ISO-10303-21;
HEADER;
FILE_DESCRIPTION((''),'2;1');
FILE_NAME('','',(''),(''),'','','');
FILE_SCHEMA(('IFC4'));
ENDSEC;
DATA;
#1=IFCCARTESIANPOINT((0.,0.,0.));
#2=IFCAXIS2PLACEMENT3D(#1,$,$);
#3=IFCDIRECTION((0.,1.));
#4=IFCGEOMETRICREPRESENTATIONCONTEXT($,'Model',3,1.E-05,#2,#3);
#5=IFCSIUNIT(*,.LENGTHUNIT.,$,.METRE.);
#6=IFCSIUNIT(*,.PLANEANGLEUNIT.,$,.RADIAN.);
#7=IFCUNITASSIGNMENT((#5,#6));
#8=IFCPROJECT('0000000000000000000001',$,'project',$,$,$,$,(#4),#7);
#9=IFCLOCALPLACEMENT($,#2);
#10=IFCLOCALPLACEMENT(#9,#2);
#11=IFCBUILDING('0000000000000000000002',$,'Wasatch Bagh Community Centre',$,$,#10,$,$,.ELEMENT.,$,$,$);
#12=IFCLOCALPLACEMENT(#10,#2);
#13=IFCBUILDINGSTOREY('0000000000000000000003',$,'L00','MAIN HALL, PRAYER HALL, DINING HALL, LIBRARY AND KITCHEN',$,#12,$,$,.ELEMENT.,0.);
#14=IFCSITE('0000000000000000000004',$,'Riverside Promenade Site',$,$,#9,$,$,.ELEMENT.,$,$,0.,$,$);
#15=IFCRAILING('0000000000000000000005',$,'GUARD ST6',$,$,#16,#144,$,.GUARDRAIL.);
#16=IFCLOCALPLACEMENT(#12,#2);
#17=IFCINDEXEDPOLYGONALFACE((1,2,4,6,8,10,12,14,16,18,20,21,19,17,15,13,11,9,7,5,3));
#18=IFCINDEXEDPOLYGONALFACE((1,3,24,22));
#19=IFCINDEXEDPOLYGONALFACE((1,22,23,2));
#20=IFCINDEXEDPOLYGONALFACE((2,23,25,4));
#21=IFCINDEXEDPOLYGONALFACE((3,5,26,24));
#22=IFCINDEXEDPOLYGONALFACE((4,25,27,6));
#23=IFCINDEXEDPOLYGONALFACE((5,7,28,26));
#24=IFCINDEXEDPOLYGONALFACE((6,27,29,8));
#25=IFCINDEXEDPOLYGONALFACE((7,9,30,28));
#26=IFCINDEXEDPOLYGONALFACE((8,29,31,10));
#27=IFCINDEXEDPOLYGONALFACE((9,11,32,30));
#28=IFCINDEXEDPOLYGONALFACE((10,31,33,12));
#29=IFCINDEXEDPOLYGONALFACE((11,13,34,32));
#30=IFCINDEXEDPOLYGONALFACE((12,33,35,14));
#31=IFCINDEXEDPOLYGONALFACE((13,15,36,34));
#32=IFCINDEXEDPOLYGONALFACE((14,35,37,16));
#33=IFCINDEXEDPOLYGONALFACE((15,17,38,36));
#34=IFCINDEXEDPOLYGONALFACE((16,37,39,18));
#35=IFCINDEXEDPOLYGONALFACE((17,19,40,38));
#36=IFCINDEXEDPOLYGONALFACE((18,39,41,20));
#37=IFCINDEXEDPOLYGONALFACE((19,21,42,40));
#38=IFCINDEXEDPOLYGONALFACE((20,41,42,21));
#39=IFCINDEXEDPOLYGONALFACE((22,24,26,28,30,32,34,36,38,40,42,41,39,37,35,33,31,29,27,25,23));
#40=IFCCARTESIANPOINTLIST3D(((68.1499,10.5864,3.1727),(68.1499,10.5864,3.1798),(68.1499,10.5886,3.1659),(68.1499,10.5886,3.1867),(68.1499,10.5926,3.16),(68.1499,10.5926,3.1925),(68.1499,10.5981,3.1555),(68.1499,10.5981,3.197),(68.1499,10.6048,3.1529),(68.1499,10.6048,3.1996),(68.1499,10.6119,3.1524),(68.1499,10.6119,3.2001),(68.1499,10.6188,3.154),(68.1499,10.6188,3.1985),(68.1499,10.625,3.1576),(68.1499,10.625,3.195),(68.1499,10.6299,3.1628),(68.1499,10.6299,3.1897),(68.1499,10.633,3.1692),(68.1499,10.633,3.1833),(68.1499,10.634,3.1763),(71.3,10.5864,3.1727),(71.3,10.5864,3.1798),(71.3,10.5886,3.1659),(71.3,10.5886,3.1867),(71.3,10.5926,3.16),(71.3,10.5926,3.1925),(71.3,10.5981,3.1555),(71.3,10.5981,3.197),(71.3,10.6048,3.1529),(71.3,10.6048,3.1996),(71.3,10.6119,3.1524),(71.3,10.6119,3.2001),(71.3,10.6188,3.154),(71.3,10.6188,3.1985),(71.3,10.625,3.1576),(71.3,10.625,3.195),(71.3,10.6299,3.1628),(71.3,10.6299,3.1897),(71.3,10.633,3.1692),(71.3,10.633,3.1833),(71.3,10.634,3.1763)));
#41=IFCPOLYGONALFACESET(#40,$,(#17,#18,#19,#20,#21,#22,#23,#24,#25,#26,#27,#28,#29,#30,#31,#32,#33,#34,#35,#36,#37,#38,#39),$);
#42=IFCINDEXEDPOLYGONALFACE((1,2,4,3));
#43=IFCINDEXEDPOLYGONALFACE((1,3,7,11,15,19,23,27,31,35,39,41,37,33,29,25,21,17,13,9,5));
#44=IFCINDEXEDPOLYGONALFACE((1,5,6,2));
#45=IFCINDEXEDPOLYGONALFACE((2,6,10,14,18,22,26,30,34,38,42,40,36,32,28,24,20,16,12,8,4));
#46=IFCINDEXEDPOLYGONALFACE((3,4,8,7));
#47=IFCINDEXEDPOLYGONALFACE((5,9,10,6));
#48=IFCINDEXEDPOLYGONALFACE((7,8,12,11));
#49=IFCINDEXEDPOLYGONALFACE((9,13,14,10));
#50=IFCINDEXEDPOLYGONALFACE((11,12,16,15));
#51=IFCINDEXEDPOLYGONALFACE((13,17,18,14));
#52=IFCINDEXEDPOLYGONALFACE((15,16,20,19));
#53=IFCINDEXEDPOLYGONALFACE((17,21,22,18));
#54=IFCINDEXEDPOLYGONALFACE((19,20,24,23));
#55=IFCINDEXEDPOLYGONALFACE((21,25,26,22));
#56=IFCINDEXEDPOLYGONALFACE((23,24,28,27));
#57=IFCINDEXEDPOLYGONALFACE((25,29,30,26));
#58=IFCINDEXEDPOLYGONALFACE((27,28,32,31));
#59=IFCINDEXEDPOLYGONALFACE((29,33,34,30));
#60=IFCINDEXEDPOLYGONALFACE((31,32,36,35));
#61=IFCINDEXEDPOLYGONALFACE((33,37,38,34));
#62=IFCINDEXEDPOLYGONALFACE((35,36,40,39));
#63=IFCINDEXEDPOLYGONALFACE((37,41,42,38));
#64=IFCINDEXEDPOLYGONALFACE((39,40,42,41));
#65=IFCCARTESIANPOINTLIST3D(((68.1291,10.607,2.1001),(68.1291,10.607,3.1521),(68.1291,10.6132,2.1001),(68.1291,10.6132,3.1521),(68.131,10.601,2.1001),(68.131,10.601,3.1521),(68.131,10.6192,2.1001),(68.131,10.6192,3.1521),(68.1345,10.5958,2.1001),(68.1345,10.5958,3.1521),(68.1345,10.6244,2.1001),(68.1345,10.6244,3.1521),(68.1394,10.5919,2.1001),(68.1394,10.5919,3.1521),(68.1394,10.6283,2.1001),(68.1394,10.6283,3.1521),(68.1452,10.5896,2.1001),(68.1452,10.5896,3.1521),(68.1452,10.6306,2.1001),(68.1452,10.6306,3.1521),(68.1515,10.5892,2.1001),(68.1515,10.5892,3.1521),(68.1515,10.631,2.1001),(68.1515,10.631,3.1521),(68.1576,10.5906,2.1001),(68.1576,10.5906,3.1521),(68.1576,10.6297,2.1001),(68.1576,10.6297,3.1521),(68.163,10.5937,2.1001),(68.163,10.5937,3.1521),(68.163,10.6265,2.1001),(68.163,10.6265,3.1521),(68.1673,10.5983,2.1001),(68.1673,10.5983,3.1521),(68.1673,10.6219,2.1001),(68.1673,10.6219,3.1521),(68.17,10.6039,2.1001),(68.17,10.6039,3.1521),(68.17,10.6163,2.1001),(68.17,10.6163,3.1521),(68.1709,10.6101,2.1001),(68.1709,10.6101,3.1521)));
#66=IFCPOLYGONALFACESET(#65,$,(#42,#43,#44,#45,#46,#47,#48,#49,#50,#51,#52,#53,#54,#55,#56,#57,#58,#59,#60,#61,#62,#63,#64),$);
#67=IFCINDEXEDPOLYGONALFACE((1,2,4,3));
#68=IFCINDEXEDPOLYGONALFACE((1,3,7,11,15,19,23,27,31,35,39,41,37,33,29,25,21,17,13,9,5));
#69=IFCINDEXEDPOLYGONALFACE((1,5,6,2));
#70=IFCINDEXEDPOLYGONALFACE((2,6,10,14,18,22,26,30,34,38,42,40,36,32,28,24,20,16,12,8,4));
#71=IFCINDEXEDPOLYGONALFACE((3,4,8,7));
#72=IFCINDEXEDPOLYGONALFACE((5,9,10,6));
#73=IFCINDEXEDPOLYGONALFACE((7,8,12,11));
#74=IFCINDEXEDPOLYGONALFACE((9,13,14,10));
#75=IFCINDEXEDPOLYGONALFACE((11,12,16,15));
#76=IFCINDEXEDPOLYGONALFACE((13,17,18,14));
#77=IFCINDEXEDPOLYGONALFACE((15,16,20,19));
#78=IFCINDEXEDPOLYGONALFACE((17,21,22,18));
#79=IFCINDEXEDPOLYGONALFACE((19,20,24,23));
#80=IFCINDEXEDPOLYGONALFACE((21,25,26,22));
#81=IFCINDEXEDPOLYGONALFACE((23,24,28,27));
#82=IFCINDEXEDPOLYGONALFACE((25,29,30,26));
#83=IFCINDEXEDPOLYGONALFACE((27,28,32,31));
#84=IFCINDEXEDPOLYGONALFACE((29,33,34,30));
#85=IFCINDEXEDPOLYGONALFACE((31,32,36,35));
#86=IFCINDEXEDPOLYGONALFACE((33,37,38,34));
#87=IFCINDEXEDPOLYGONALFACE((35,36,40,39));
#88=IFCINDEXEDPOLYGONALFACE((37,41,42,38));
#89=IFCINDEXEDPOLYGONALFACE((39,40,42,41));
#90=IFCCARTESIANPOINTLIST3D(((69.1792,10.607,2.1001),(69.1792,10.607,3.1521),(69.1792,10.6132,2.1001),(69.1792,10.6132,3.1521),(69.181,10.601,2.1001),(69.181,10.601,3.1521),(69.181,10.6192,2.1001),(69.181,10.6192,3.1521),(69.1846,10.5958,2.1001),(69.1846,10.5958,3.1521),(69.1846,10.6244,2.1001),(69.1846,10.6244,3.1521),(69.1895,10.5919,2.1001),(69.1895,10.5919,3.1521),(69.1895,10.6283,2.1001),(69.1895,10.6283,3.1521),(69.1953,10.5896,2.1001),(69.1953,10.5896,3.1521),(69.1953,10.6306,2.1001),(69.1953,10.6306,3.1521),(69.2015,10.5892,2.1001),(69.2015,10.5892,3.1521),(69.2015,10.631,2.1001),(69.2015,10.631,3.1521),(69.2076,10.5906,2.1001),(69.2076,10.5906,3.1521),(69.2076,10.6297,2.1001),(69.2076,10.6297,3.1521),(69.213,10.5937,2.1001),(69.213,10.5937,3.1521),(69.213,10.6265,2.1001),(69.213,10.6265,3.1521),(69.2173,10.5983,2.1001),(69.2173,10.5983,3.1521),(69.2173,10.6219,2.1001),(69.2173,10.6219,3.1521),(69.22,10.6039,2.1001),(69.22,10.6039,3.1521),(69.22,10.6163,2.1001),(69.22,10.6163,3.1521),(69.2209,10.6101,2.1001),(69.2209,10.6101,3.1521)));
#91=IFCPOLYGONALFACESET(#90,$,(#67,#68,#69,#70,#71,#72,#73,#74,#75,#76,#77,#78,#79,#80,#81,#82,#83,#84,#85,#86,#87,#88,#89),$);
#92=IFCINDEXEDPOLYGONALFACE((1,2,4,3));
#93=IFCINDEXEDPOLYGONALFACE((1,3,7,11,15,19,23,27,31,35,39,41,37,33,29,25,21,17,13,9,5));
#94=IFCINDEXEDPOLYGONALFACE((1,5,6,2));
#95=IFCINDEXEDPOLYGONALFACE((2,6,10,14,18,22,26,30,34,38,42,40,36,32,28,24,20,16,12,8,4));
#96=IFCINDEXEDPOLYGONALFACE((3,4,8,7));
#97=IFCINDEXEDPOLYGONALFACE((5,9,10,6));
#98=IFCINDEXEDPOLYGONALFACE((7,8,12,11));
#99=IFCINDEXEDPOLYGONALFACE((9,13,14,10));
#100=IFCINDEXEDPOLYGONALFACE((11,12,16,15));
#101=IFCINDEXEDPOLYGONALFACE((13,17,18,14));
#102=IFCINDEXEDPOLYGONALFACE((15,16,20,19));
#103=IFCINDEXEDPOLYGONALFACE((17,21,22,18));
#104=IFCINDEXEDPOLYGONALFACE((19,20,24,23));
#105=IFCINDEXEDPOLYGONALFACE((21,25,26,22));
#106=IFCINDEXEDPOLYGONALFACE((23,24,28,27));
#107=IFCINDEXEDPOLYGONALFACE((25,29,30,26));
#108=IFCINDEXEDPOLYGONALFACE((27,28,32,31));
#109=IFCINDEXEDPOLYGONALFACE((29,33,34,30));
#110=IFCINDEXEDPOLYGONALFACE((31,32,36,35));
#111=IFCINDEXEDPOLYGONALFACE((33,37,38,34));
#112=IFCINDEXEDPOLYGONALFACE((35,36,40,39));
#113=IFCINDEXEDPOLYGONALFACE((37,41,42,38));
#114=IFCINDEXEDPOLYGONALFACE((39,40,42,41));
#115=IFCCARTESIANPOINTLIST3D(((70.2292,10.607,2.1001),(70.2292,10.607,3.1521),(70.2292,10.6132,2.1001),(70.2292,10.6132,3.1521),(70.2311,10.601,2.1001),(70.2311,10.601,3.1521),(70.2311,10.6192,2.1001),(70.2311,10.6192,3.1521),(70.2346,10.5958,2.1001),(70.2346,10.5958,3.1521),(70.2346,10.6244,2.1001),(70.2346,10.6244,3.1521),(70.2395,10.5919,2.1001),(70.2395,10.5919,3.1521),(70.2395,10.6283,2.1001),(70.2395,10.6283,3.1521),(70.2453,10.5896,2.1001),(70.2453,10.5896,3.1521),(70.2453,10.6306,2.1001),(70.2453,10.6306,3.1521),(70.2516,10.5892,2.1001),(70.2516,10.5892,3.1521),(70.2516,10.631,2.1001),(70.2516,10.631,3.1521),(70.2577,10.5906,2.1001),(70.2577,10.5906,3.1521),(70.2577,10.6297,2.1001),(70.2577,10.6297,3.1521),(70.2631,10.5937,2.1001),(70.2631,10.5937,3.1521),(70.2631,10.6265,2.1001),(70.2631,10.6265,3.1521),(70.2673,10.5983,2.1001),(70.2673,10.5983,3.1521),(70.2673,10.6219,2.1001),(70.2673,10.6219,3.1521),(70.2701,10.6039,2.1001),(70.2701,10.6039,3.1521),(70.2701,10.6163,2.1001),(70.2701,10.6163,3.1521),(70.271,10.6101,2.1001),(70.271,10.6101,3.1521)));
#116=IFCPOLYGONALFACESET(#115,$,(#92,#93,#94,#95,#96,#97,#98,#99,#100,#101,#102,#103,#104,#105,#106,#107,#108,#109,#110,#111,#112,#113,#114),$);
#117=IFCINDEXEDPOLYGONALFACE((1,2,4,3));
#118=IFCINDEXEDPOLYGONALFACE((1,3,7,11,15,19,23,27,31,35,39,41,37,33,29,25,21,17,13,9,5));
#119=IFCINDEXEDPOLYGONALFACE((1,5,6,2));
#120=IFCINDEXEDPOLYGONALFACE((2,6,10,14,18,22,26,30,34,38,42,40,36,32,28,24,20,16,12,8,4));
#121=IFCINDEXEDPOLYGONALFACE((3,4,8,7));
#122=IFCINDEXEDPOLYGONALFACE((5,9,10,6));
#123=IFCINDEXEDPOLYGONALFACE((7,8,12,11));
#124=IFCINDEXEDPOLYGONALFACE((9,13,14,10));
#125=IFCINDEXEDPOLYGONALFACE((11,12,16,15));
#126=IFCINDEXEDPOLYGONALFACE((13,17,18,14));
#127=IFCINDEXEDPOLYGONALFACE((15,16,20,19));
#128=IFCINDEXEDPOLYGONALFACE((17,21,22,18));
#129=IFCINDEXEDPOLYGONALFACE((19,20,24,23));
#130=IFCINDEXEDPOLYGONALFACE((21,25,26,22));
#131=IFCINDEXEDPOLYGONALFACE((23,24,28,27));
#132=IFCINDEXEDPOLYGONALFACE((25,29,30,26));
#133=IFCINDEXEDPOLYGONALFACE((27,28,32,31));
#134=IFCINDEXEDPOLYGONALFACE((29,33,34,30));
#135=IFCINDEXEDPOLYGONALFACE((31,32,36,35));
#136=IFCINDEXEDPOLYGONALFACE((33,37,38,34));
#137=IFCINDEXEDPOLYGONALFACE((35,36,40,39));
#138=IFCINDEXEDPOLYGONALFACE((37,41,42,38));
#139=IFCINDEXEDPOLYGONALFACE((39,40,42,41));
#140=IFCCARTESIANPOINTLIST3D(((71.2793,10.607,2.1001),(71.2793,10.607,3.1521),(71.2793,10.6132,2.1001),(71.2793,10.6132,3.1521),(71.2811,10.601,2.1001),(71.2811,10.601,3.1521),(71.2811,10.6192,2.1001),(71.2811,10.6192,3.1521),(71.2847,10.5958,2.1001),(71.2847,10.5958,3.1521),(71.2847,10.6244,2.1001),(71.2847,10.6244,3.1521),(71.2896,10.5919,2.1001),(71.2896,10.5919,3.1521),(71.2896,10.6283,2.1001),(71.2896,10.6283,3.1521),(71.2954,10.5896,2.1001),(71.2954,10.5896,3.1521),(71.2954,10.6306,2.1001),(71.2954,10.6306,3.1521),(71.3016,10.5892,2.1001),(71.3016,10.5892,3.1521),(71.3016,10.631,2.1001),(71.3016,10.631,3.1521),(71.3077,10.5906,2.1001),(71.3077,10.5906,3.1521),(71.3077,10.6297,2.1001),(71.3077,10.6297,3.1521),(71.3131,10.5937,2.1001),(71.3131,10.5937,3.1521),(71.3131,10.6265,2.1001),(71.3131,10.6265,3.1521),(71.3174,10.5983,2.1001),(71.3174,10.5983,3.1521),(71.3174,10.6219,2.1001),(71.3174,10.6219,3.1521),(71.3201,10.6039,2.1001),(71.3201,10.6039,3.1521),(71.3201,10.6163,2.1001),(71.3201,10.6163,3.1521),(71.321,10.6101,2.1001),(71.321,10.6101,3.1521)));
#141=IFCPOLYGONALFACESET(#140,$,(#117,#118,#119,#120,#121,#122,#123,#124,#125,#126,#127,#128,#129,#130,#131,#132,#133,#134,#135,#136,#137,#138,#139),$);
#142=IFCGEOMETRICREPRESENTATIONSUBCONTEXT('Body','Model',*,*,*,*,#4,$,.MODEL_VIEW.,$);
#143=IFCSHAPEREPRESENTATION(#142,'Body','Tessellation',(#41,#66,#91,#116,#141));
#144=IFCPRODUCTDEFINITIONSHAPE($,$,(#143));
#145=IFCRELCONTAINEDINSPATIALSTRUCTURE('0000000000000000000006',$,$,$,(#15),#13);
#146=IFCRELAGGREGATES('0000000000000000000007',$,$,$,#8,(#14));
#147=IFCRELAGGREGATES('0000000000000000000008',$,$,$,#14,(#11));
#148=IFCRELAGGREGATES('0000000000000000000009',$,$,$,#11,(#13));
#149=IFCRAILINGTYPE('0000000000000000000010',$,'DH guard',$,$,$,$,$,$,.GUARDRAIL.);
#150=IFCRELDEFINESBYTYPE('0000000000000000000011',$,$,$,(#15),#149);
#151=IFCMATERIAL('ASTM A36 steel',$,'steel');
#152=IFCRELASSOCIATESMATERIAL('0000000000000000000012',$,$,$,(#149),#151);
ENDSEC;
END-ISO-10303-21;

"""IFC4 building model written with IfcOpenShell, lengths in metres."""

from ifc_helpers import new_model, si_unit, direction, frame, origin, origin_2d, place, context, subcontext, project, spatial, circle, extrude, material, type_object, element, save


model = new_model("IFC4")

# Units and contexts
model_context = context("Model", 3, precision=1e-05, world=origin(), true_north=direction((0.0, 1.0)))
body_context = subcontext(model_context, "Body", "Model", "MODEL_VIEW")
ifc_project = project(units=[si_unit("LENGTHUNIT", "METRE"), si_unit("PLANEANGLEUNIT", "RADIAN")], contexts=[model_context])

# Site, building, storey
site_placement = place(None, origin())
site = spatial("IfcSite", under=ifc_project, at=site_placement, Name="Riverside Promenade Site", CompositionType="ELEMENT", RefElevation=0.0)
building_placement = place(site_placement, origin())
building = spatial("IfcBuilding", under=site, at=building_placement, Name="Wasatch Bagh Community Centre", CompositionType="ELEMENT")
storey_placement = place(building_placement, origin())
storey = spatial("IfcBuildingStorey", under=building, at=storey_placement, Name="L00", Description="MAIN HALL, PRAYER HALL, DINING HALL, LIBRARY AND KITCHEN", CompositionType="ELEMENT", Elevation=0.0)

# Railing
ifc_material_1 = material(Name="ASTM A36 steel", Category="steel")
railing_type_1 = type_object("IfcRailingType", Name="DH guard", PredefinedType="GUARDRAIL", material=ifc_material_1)
railing_1_placement = place(storey_placement, frame((68.1499, 10.6101, 2.1001)))
element("IfcRailing", 1, at=railing_1_placement, inside=storey, type_object=railing_type_1, Name="GUARD ST6", PredefinedType="GUARDRAIL", context=body_context, shape_type="SweptSolid", body=[
    extrude(circle(Radius=0.0239, at=origin_2d()), frame((0.0, 0.0, 1.0762), z_axis=(1.0, 0.0, 0.0), x_axis=(0.0, 1.0, 0.0)), (0.0, 0.0, 1.0), 3.1501),
    extrude(circle(Radius=0.021, at=origin_2d()), origin(), (0.0, 0.0, 1.0), 1.052),
    extrude(circle(Radius=0.021, at=origin_2d()), frame((1.05, 0.0, 0.0)), (0.0, 0.0, 1.0), 1.052),
    extrude(circle(Radius=0.021, at=origin_2d()), frame((2.1001, 0.0, 0.0)), (0.0, 0.0, 1.0), 1.052),
    extrude(circle(Radius=0.021, at=origin_2d()), frame((3.1501, 0.0, 0.0)), (0.0, 0.0, 1.0), 1.052),
])

save(model, "model.ifc")
